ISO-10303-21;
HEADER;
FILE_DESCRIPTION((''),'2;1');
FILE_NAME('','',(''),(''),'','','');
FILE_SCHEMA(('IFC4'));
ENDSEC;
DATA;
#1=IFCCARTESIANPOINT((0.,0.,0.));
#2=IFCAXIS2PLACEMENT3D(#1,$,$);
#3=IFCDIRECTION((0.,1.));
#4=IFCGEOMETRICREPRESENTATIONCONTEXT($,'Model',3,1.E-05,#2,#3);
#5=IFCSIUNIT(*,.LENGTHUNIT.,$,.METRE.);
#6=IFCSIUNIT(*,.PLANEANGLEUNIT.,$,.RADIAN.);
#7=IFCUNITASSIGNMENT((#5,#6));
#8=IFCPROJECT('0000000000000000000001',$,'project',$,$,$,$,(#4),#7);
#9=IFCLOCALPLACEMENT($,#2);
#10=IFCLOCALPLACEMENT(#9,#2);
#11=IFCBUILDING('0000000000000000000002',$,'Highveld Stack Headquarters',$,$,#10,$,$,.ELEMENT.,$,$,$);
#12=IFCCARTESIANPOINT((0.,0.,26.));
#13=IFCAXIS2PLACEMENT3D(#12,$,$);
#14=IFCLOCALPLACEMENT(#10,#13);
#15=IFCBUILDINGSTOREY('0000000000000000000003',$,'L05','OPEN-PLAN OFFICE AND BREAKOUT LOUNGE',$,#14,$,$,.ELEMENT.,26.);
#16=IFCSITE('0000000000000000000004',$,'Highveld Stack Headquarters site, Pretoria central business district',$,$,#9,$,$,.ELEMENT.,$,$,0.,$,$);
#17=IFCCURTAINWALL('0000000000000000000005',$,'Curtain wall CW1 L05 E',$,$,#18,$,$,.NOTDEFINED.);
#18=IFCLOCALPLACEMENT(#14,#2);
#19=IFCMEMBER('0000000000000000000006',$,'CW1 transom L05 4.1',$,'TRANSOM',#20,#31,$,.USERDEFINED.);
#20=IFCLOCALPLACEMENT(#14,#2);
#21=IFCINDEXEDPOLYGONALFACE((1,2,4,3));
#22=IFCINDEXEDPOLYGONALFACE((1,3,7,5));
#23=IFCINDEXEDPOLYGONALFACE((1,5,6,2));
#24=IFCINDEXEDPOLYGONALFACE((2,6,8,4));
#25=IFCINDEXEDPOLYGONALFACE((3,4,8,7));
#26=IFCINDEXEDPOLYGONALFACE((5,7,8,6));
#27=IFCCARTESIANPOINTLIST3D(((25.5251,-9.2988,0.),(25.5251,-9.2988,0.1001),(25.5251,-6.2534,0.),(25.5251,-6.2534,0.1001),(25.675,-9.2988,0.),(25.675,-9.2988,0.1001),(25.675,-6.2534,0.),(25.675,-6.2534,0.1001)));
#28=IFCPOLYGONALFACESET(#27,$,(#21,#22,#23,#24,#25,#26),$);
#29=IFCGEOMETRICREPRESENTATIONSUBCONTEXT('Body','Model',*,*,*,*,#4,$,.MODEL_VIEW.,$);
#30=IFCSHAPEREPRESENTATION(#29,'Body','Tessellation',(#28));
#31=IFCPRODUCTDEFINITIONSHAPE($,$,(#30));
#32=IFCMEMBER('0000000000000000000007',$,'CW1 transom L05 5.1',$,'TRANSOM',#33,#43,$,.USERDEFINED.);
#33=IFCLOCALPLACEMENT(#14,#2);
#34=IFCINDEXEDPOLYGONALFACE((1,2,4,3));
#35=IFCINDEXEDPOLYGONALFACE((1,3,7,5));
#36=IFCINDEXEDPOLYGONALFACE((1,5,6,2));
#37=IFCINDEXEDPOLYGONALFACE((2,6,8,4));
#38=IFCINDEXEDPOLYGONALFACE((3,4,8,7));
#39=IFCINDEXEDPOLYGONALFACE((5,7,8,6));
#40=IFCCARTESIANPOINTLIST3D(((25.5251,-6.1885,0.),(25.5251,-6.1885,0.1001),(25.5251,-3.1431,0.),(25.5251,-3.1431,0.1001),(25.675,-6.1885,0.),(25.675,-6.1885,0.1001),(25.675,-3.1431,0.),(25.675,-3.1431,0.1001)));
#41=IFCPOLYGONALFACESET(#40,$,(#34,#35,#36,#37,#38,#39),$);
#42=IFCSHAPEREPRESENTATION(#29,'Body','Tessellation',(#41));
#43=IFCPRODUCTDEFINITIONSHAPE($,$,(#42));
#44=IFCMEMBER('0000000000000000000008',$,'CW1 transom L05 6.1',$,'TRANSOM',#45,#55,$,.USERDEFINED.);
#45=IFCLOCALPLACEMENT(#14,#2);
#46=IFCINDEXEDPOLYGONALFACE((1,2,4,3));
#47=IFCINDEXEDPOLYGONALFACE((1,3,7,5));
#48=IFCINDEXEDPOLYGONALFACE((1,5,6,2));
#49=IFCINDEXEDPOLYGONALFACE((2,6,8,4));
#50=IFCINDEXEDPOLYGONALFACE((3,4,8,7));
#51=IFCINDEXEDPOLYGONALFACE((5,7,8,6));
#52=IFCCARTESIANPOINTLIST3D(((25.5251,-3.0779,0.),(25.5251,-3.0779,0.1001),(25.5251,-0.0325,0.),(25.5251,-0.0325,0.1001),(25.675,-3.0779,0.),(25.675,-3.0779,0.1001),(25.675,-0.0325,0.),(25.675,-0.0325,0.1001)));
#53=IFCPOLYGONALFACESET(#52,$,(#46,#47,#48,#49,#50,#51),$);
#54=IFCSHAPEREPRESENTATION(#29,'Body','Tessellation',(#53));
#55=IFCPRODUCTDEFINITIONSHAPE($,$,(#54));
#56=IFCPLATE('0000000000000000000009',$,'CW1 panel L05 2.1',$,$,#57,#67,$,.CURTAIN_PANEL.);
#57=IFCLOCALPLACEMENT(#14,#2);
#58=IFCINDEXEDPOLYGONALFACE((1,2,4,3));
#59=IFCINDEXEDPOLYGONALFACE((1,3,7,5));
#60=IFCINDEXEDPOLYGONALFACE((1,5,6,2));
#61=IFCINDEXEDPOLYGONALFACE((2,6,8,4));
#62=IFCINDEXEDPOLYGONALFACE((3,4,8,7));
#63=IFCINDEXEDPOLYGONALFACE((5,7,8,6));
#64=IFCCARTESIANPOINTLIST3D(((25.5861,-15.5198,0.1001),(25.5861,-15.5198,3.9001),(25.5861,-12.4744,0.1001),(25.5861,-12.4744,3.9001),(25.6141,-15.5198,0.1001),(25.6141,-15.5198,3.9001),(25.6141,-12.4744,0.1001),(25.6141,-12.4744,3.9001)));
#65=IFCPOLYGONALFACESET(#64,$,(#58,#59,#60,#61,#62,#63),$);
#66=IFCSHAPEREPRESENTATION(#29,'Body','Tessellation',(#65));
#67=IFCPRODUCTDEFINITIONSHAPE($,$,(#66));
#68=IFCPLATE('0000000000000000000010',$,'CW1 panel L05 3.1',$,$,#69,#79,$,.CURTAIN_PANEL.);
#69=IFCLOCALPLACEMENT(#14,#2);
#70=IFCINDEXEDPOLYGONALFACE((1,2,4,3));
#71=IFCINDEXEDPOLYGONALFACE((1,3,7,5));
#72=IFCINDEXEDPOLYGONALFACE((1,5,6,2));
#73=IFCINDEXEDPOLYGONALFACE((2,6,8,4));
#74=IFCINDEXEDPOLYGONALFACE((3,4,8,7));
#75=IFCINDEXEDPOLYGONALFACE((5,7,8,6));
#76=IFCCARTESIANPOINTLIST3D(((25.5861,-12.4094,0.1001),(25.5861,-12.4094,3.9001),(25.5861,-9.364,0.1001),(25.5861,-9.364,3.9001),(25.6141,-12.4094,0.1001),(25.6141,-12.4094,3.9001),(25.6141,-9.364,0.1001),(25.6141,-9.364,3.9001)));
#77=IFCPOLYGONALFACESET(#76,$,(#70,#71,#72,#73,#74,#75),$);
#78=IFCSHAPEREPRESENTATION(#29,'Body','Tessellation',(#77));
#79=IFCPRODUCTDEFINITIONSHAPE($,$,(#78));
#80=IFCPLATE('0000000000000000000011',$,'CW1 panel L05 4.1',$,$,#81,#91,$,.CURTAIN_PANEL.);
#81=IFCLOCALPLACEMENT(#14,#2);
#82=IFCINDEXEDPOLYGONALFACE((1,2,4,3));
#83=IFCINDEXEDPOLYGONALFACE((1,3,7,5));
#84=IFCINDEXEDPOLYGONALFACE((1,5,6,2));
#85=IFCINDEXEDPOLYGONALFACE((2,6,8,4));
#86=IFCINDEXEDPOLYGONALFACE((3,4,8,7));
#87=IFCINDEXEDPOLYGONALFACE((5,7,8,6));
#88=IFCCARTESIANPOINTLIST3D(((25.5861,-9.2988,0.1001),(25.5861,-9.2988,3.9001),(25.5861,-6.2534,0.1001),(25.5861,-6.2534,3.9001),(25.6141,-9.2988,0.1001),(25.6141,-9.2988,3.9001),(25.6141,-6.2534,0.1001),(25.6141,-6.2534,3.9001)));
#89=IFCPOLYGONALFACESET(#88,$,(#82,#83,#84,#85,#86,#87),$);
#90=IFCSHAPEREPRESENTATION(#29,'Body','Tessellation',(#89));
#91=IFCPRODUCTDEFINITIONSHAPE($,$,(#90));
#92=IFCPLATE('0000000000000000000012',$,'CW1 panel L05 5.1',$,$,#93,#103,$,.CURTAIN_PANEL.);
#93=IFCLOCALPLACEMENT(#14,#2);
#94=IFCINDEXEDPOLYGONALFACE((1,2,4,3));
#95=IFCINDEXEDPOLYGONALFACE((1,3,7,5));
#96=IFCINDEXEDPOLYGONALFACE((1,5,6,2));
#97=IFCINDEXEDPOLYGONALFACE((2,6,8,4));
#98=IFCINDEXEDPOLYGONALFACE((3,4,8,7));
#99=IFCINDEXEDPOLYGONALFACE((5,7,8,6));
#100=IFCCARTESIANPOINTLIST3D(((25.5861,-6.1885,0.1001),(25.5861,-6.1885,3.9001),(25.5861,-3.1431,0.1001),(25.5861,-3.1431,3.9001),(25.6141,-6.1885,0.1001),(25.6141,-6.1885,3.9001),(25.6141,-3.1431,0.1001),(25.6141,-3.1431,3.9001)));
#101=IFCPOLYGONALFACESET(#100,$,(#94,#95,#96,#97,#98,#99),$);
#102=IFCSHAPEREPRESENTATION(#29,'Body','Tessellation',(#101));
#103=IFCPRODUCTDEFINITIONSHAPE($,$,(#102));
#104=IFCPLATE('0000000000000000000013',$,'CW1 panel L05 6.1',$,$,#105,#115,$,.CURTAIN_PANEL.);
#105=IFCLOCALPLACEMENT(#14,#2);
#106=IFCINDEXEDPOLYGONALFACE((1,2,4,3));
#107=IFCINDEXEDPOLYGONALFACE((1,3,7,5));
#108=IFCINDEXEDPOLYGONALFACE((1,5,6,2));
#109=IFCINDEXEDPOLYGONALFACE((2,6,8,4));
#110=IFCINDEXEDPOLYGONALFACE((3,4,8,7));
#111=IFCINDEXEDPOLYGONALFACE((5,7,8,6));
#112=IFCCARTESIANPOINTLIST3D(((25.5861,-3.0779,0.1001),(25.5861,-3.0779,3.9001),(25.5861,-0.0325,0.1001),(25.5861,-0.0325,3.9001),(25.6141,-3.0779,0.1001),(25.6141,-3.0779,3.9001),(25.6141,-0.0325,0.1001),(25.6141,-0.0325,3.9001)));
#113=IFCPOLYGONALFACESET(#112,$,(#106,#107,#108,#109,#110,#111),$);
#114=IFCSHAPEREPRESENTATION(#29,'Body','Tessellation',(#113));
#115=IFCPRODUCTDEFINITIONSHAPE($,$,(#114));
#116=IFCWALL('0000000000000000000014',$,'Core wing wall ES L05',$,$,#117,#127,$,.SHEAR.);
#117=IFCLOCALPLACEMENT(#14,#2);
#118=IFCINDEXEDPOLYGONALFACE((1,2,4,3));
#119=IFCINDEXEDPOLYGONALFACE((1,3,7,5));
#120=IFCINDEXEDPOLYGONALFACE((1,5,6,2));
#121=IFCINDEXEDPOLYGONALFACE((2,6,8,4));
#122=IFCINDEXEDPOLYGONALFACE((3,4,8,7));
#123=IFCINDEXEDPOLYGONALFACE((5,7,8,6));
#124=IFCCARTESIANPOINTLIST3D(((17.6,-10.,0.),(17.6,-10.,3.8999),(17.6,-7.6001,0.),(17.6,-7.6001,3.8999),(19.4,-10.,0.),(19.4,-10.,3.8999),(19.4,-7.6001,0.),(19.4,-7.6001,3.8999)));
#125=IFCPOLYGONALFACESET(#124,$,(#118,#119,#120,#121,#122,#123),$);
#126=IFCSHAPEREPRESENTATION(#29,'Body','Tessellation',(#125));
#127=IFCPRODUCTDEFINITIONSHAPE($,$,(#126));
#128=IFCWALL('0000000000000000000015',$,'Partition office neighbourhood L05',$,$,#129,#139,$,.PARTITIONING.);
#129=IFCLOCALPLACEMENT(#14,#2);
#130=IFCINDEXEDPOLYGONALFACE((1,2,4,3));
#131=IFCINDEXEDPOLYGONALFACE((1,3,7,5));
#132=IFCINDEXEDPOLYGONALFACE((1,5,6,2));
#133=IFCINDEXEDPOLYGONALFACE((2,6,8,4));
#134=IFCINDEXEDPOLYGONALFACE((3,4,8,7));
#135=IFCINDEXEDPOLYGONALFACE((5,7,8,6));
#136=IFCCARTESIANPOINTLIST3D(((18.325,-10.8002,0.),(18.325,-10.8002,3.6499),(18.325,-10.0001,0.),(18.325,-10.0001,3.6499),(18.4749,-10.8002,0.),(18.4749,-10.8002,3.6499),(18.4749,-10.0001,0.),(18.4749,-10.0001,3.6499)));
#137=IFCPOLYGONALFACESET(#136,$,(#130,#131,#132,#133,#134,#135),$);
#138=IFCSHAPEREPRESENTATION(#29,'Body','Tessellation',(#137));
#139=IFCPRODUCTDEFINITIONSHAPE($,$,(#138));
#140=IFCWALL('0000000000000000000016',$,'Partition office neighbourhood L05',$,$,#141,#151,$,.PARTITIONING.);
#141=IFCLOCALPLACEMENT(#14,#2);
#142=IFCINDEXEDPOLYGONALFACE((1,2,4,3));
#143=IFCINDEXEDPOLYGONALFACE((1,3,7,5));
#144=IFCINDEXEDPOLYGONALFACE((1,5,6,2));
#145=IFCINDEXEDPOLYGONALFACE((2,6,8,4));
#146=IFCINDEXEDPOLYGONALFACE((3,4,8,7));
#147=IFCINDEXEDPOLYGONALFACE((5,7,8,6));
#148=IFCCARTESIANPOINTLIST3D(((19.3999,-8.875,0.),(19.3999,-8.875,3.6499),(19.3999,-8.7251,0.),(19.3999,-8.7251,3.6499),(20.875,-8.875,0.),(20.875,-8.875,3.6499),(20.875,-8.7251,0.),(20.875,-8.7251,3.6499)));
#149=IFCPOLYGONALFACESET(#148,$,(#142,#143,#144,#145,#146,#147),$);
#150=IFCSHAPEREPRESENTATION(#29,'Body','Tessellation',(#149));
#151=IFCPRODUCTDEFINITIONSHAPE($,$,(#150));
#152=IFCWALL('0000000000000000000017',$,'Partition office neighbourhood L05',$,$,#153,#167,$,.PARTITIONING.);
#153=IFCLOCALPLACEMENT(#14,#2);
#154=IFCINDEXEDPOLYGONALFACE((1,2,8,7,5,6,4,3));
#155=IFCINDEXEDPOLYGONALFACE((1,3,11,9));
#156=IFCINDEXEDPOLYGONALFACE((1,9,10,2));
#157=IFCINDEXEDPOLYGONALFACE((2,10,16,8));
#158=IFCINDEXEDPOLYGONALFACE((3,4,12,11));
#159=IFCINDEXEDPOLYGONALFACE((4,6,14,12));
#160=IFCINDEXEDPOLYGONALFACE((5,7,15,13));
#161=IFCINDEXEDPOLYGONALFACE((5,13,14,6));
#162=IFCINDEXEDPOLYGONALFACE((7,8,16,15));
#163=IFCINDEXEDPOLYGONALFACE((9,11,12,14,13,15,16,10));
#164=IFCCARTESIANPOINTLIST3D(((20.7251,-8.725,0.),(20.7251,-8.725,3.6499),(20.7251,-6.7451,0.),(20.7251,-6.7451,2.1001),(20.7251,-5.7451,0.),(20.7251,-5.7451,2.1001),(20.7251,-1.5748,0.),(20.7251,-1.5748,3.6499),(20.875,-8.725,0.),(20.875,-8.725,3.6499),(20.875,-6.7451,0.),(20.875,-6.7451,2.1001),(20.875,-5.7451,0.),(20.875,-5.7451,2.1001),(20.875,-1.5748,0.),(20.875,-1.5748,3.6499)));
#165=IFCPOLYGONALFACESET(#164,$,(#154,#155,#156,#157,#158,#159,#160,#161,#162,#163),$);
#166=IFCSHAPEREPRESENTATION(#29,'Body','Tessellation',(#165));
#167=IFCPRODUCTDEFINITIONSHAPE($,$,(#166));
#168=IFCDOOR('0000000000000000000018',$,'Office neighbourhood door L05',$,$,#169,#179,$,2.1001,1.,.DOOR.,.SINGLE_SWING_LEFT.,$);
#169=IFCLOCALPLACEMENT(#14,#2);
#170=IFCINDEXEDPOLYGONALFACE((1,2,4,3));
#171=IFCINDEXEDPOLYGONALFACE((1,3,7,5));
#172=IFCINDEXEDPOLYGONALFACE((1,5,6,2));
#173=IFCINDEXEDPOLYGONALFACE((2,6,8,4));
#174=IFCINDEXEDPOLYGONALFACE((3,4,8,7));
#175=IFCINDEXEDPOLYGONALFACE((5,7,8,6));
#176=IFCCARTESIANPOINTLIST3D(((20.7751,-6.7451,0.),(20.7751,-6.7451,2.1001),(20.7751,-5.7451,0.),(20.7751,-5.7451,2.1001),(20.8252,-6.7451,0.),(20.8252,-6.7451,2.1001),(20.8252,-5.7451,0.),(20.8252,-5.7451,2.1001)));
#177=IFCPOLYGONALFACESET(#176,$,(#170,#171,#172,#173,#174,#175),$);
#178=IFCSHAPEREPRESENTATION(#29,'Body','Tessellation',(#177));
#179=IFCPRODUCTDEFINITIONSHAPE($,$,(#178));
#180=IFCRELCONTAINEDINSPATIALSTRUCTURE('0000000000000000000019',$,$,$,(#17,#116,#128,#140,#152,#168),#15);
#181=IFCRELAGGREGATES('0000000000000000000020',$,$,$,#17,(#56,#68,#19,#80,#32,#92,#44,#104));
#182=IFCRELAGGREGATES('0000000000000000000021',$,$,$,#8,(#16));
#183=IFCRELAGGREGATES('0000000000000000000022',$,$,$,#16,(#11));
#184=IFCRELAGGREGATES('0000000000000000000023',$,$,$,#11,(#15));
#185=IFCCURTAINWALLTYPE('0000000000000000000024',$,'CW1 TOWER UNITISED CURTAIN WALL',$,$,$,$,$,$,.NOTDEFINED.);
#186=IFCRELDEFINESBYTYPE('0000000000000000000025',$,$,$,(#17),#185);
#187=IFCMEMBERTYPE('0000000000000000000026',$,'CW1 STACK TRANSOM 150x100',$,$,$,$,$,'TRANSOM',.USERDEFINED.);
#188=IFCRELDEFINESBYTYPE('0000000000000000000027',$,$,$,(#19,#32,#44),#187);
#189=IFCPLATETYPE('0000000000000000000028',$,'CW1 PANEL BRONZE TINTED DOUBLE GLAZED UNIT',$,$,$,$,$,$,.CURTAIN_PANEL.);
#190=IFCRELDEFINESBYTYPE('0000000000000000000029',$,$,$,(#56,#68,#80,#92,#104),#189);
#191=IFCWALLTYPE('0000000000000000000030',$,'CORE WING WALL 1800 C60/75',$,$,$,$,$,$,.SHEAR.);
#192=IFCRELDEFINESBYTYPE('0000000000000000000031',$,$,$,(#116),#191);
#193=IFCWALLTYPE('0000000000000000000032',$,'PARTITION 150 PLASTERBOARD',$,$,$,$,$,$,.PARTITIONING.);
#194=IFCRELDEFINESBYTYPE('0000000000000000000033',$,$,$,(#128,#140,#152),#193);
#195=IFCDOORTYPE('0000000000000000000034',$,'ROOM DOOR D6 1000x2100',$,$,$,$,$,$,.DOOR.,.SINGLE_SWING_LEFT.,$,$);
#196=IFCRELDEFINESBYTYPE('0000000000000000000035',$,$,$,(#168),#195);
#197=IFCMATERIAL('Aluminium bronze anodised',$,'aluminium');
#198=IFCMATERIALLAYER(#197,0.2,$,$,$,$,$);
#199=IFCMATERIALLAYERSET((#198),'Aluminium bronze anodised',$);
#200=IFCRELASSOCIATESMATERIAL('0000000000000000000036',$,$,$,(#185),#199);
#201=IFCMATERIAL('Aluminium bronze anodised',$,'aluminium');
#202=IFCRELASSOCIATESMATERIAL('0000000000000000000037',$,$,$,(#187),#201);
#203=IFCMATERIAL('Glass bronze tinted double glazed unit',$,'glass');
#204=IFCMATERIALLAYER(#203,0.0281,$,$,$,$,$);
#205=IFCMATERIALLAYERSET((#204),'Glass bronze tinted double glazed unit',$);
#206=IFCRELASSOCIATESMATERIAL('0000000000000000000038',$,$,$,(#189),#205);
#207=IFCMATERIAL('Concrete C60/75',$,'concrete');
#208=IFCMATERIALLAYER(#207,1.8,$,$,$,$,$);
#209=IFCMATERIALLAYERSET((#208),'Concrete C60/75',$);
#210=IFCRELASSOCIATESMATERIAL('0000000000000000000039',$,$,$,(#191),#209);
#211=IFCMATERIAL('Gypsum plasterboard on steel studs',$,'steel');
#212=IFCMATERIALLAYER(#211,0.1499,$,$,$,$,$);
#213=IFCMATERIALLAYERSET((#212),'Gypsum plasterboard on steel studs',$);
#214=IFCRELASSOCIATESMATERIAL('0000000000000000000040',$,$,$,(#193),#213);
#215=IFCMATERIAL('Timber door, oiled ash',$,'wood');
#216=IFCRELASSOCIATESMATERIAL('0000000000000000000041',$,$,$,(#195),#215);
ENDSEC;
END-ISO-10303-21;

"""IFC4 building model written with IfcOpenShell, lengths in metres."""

from ifc_helpers import new_model, si_unit, direction, frame, frame_2d, origin, origin_2d, place, context, subcontext, project, spatial, rectangle, extrude, material, layer, layer_set, material_profile, profile_set, type_object, element, fill, aggregate, save


model = new_model("IFC4")

# Units and contexts
model_context = context("Model", 3, precision=1e-05, world=origin(), true_north=direction((0.0, 1.0)))
body_context = subcontext(model_context, "Body", "Model", "MODEL_VIEW")
ifc_project = project(units=[si_unit("LENGTHUNIT", "METRE"), si_unit("PLANEANGLEUNIT", "RADIAN")], contexts=[model_context])

# Site, building, storey
site_placement = place(None, origin())
site = spatial("IfcSite", under=ifc_project, at=site_placement, Name="Highveld Stack Headquarters site, Pretoria central business district", CompositionType="ELEMENT", RefElevation=0.0)
building_placement = place(site_placement, origin())
building = spatial("IfcBuilding", under=site, at=building_placement, Name="Highveld Stack Headquarters", CompositionType="ELEMENT")
storey_placement = place(building_placement, frame((0.0, 0.0, 26.0)))
storey = spatial("IfcBuildingStorey", under=building, at=storey_placement, Name="L05", Description="OPEN-PLAN OFFICE AND BREAKOUT LOUNGE", CompositionType="ELEMENT", Elevation=26.0)

# Curtain wall, members, plates
ifc_material_1 = material(Name="Aluminium bronze anodised", Category="aluminium")
ifc_layer_1 = layer(ifc_material_1, 0.2)
ifc_layer_set_1 = layer_set([ifc_layer_1], Name="Aluminium bronze anodised")
curtain_wall_type = type_object("IfcCurtainWallType", Name="CW1 TOWER UNITISED CURTAIN WALL", PredefinedType="NOTDEFINED", material=ifc_layer_set_1)
curtain_wall_placement = place(storey_placement, origin())
curtain_wall = element("IfcCurtainWall", 1, at=curtain_wall_placement, inside=storey, type_object=curtain_wall_type, Name="Curtain wall CW1 L05 E", PredefinedType="NOTDEFINED")
ifc_material_2 = material(Name="Aluminium bronze anodised", Category="aluminium")
ifc_material_profile_1 = material_profile(ifc_material_2, rectangle(XDim=0.1499, YDim=0.1001, at=origin_2d()), Name="CW1 TRANSOM 150x100")
ifc_profile_set_1 = profile_set([ifc_material_profile_1], Name="Aluminium bronze anodised")
member_type_1 = type_object("IfcMemberType", Name="CW1 STACK TRANSOM 150x100", ElementType="TRANSOM", PredefinedType="USERDEFINED", material=ifc_profile_set_1)
member_1_placement = place(storey_placement, frame((25.6001, -9.2988, 0.05), z_axis=(0.0, 1.0, 0.0), x_axis=(-1.0, 0.0, 0.0)))
member_1 = element("IfcMember", 2, at=member_1_placement, type_object=member_type_1, Name="CW1 transom L05 4.1", ObjectType="TRANSOM", PredefinedType="USERDEFINED", context=body_context, shape_type="SweptSolid", body=[
    extrude(rectangle(XDim=0.1499, YDim=0.1001, at=origin_2d()), origin(), (0.0, 0.0, 1.0), 3.0454),
])
member_2_placement = place(storey_placement, frame((25.6001, -6.1885, 0.05), z_axis=(0.0, 1.0, 0.0), x_axis=(-1.0, 0.0, 0.0)))
member_2 = element("IfcMember", 3, at=member_2_placement, type_object=member_type_1, Name="CW1 transom L05 5.1", ObjectType="TRANSOM", PredefinedType="USERDEFINED", context=body_context, shape_type="SweptSolid", body=[
    extrude(rectangle(XDim=0.1499, YDim=0.1001, at=origin_2d()), origin(), (0.0, 0.0, 1.0), 3.0454),
])
member_3_placement = place(storey_placement, frame((25.6001, -3.0779, 0.05), z_axis=(0.0, 1.0, 0.0), x_axis=(-1.0, 0.0, 0.0)))
member_3 = element("IfcMember", 4, at=member_3_placement, type_object=member_type_1, Name="CW1 transom L05 6.1", ObjectType="TRANSOM", PredefinedType="USERDEFINED", context=body_context, shape_type="SweptSolid", body=[
    extrude(rectangle(XDim=0.1499, YDim=0.1001, at=origin_2d()), origin(), (0.0, 0.0, 1.0), 3.0454),
])
ifc_material_3 = material(Name="Glass bronze tinted double glazed unit", Category="glass")
ifc_layer_2 = layer(ifc_material_3, 0.0281)
ifc_layer_set_2 = layer_set([ifc_layer_2], Name="Glass bronze tinted double glazed unit")
plate_type = type_object("IfcPlateType", Name="CW1 PANEL BRONZE TINTED DOUBLE GLAZED UNIT", PredefinedType="CURTAIN_PANEL", material=ifc_layer_set_2)
plate_1_placement = place(storey_placement, frame((25.6001, -13.9971, 0.1001), z_axis=(0.0, 0.0, 1.0), x_axis=(0.0, 1.0, 0.0)))
plate_1 = element("IfcPlate", 5, at=plate_1_placement, type_object=plate_type, Name="CW1 panel L05 2.1", PredefinedType="CURTAIN_PANEL", context=body_context, shape_type="SweptSolid", body=[
    extrude(rectangle(XDim=3.0454, YDim=0.0281, at=origin_2d()), origin(), (0.0, 0.0, 1.0), 3.8),
])
plate_2_placement = place(storey_placement, frame((25.6001, -10.8867, 0.1001), z_axis=(0.0, 0.0, 1.0), x_axis=(0.0, 1.0, 0.0)))
plate_2 = element("IfcPlate", 6, at=plate_2_placement, type_object=plate_type, Name="CW1 panel L05 3.1", PredefinedType="CURTAIN_PANEL", context=body_context, shape_type="SweptSolid", body=[
    extrude(rectangle(XDim=3.0454, YDim=0.0281, at=origin_2d()), origin(), (0.0, 0.0, 1.0), 3.8),
])
plate_3_placement = place(storey_placement, frame((25.6001, -7.7761, 0.1001), z_axis=(0.0, 0.0, 1.0), x_axis=(0.0, 1.0, 0.0)))
plate_3 = element("IfcPlate", 7, at=plate_3_placement, type_object=plate_type, Name="CW1 panel L05 4.1", PredefinedType="CURTAIN_PANEL", context=body_context, shape_type="SweptSolid", body=[
    extrude(rectangle(XDim=3.0454, YDim=0.0281, at=origin_2d()), origin(), (0.0, 0.0, 1.0), 3.8),
])
plate_4_placement = place(storey_placement, frame((25.6001, -4.6658, 0.1001), z_axis=(0.0, 0.0, 1.0), x_axis=(0.0, 1.0, 0.0)))
plate_4 = element("IfcPlate", 8, at=plate_4_placement, type_object=plate_type, Name="CW1 panel L05 5.1", PredefinedType="CURTAIN_PANEL", context=body_context, shape_type="SweptSolid", body=[
    extrude(rectangle(XDim=3.0454, YDim=0.0281, at=origin_2d()), origin(), (0.0, 0.0, 1.0), 3.8),
])
plate_5_placement = place(storey_placement, frame((25.6001, -1.5552, 0.1001), z_axis=(0.0, 0.0, 1.0), x_axis=(0.0, 1.0, 0.0)))
plate_5 = element("IfcPlate", 9, at=plate_5_placement, type_object=plate_type, Name="CW1 panel L05 6.1", PredefinedType="CURTAIN_PANEL", context=body_context, shape_type="SweptSolid", body=[
    extrude(rectangle(XDim=3.0454, YDim=0.0281, at=origin_2d()), origin(), (0.0, 0.0, 1.0), 3.8),
])
aggregate(curtain_wall, [plate_1, plate_2, member_1, plate_3, member_2, plate_4, member_3, plate_5])

# Walls
ifc_material_4 = material(Name="Concrete C60/75", Category="concrete")
ifc_layer_3 = layer(ifc_material_4, 1.8)
ifc_layer_set_3 = layer_set([ifc_layer_3], Name="Concrete C60/75")
wall_type_1 = type_object("IfcWallType", Name="CORE WING WALL 1800 C60/75", PredefinedType="SHEAR", material=ifc_layer_set_3)
wall_1_placement = place(storey_placement, frame((18.5, -10.0, 0.0), z_axis=(0.0, 0.0, 1.0), x_axis=(0.0, 1.0, 0.0)))
element("IfcWall", 10, at=wall_1_placement, inside=storey, type_object=wall_type_1, Name="Core wing wall ES L05", PredefinedType="SHEAR", context=body_context, shape_type="SweptSolid", body=[
    extrude(rectangle(XDim=2.3999, YDim=1.8, at=frame_2d((1.2, 0.0))), origin(), (0.0, 0.0, 1.0), 3.8999),
])
ifc_material_5 = material(Name="Gypsum plasterboard on steel studs", Category="steel")
ifc_layer_4 = layer(ifc_material_5, 0.1499)
ifc_layer_set_4 = layer_set([ifc_layer_4], Name="Gypsum plasterboard on steel studs")
wall_type_2 = type_object("IfcWallType", Name="PARTITION 150 PLASTERBOARD", PredefinedType="PARTITIONING", material=ifc_layer_set_4)
wall_2_placement = place(storey_placement, frame((18.3999, -10.8, 0.0), z_axis=(0.0, 0.0, 1.0), x_axis=(0.0, 1.0, 0.0)))
element("IfcWall", 11, at=wall_2_placement, inside=storey, type_object=wall_type_2, Name="Partition office neighbourhood L05", PredefinedType="PARTITIONING", context=body_context, shape_type="SweptSolid", body=[
    extrude(rectangle(XDim=0.8, YDim=0.1499, at=frame_2d((0.3999, 0.0))), origin(), (0.0, 0.0, 1.0), 3.6499),
])
wall_3_placement = place(storey_placement, frame((19.3999, -8.8, 0.0), z_axis=(0.0, 0.0, 1.0), x_axis=(1.0, 0.0, 0.0)))
element("IfcWall", 12, at=wall_3_placement, inside=storey, type_object=wall_type_2, Name="Partition office neighbourhood L05", PredefinedType="PARTITIONING", context=body_context, shape_type="SweptSolid", body=[
    extrude(rectangle(XDim=1.4751, YDim=0.1499, at=frame_2d((0.7375, 0.0))), origin(), (0.0, 0.0, 1.0), 3.6499),
])

# Wall, opening, door
wall_4_placement = place(storey_placement, frame((20.8, -8.7251, 0.0), z_axis=(0.0, 0.0, 1.0), x_axis=(0.0, 1.0, 0.0)))
wall_4 = element("IfcWall", 13, at=wall_4_placement, inside=storey, type_object=wall_type_2, Name="Partition office neighbourhood L05", PredefinedType="PARTITIONING", context=body_context, shape_type="SweptSolid", body=[
    extrude(rectangle(XDim=7.1501, YDim=0.1499, at=frame_2d((3.5752, 0.0))), origin(), (0.0, 0.0, 1.0), 3.6499),
])
opening_1_placement = place(wall_4_placement, frame((1.98, 0.0, 0.0)))
opening_1 = element("IfcOpeningElement", 14, at=opening_1_placement, cuts=wall_4, PredefinedType="OPENING", context=body_context, shape_type="SweptSolid", body=[
    extrude(rectangle(XDim=1.0, YDim=2.1001, at=frame_2d((0.5, 1.05))), frame((0.0, 0.085, 0.0), z_axis=(0.0, -1.0, 0.0), x_axis=(1.0, 0.0, 0.0)), (0.0, 0.0, 1.0), 0.1699),
])
ifc_material_6 = material(Name="Timber door, oiled ash", Category="wood")
door_type_1 = type_object("IfcDoorType", Name="ROOM DOOR D6 1000x2100", OperationType="SINGLE_SWING_LEFT", PredefinedType="DOOR", material=ifc_material_6)
door_1_placement = place(opening_1_placement, origin())
door_1 = element("IfcDoor", 15, at=door_1_placement, inside=storey, type_object=door_type_1, Name="Office neighbourhood door L05", OperationType="SINGLE_SWING_LEFT", OverallHeight=2.1001, OverallWidth=1.0, PredefinedType="DOOR", context=body_context, shape_type="SweptSolid", body=[
    extrude(rectangle(XDim=1.0, YDim=2.1001, at=frame_2d((0.5, 1.05))), frame((0.0, 0.0249, 0.0), z_axis=(0.0, -1.0, 0.0), x_axis=(1.0, 0.0, 0.0)), (0.0, 0.0, 1.0), 0.05),
])
fill(opening_1, door_1)

save(model, "model.ifc")
